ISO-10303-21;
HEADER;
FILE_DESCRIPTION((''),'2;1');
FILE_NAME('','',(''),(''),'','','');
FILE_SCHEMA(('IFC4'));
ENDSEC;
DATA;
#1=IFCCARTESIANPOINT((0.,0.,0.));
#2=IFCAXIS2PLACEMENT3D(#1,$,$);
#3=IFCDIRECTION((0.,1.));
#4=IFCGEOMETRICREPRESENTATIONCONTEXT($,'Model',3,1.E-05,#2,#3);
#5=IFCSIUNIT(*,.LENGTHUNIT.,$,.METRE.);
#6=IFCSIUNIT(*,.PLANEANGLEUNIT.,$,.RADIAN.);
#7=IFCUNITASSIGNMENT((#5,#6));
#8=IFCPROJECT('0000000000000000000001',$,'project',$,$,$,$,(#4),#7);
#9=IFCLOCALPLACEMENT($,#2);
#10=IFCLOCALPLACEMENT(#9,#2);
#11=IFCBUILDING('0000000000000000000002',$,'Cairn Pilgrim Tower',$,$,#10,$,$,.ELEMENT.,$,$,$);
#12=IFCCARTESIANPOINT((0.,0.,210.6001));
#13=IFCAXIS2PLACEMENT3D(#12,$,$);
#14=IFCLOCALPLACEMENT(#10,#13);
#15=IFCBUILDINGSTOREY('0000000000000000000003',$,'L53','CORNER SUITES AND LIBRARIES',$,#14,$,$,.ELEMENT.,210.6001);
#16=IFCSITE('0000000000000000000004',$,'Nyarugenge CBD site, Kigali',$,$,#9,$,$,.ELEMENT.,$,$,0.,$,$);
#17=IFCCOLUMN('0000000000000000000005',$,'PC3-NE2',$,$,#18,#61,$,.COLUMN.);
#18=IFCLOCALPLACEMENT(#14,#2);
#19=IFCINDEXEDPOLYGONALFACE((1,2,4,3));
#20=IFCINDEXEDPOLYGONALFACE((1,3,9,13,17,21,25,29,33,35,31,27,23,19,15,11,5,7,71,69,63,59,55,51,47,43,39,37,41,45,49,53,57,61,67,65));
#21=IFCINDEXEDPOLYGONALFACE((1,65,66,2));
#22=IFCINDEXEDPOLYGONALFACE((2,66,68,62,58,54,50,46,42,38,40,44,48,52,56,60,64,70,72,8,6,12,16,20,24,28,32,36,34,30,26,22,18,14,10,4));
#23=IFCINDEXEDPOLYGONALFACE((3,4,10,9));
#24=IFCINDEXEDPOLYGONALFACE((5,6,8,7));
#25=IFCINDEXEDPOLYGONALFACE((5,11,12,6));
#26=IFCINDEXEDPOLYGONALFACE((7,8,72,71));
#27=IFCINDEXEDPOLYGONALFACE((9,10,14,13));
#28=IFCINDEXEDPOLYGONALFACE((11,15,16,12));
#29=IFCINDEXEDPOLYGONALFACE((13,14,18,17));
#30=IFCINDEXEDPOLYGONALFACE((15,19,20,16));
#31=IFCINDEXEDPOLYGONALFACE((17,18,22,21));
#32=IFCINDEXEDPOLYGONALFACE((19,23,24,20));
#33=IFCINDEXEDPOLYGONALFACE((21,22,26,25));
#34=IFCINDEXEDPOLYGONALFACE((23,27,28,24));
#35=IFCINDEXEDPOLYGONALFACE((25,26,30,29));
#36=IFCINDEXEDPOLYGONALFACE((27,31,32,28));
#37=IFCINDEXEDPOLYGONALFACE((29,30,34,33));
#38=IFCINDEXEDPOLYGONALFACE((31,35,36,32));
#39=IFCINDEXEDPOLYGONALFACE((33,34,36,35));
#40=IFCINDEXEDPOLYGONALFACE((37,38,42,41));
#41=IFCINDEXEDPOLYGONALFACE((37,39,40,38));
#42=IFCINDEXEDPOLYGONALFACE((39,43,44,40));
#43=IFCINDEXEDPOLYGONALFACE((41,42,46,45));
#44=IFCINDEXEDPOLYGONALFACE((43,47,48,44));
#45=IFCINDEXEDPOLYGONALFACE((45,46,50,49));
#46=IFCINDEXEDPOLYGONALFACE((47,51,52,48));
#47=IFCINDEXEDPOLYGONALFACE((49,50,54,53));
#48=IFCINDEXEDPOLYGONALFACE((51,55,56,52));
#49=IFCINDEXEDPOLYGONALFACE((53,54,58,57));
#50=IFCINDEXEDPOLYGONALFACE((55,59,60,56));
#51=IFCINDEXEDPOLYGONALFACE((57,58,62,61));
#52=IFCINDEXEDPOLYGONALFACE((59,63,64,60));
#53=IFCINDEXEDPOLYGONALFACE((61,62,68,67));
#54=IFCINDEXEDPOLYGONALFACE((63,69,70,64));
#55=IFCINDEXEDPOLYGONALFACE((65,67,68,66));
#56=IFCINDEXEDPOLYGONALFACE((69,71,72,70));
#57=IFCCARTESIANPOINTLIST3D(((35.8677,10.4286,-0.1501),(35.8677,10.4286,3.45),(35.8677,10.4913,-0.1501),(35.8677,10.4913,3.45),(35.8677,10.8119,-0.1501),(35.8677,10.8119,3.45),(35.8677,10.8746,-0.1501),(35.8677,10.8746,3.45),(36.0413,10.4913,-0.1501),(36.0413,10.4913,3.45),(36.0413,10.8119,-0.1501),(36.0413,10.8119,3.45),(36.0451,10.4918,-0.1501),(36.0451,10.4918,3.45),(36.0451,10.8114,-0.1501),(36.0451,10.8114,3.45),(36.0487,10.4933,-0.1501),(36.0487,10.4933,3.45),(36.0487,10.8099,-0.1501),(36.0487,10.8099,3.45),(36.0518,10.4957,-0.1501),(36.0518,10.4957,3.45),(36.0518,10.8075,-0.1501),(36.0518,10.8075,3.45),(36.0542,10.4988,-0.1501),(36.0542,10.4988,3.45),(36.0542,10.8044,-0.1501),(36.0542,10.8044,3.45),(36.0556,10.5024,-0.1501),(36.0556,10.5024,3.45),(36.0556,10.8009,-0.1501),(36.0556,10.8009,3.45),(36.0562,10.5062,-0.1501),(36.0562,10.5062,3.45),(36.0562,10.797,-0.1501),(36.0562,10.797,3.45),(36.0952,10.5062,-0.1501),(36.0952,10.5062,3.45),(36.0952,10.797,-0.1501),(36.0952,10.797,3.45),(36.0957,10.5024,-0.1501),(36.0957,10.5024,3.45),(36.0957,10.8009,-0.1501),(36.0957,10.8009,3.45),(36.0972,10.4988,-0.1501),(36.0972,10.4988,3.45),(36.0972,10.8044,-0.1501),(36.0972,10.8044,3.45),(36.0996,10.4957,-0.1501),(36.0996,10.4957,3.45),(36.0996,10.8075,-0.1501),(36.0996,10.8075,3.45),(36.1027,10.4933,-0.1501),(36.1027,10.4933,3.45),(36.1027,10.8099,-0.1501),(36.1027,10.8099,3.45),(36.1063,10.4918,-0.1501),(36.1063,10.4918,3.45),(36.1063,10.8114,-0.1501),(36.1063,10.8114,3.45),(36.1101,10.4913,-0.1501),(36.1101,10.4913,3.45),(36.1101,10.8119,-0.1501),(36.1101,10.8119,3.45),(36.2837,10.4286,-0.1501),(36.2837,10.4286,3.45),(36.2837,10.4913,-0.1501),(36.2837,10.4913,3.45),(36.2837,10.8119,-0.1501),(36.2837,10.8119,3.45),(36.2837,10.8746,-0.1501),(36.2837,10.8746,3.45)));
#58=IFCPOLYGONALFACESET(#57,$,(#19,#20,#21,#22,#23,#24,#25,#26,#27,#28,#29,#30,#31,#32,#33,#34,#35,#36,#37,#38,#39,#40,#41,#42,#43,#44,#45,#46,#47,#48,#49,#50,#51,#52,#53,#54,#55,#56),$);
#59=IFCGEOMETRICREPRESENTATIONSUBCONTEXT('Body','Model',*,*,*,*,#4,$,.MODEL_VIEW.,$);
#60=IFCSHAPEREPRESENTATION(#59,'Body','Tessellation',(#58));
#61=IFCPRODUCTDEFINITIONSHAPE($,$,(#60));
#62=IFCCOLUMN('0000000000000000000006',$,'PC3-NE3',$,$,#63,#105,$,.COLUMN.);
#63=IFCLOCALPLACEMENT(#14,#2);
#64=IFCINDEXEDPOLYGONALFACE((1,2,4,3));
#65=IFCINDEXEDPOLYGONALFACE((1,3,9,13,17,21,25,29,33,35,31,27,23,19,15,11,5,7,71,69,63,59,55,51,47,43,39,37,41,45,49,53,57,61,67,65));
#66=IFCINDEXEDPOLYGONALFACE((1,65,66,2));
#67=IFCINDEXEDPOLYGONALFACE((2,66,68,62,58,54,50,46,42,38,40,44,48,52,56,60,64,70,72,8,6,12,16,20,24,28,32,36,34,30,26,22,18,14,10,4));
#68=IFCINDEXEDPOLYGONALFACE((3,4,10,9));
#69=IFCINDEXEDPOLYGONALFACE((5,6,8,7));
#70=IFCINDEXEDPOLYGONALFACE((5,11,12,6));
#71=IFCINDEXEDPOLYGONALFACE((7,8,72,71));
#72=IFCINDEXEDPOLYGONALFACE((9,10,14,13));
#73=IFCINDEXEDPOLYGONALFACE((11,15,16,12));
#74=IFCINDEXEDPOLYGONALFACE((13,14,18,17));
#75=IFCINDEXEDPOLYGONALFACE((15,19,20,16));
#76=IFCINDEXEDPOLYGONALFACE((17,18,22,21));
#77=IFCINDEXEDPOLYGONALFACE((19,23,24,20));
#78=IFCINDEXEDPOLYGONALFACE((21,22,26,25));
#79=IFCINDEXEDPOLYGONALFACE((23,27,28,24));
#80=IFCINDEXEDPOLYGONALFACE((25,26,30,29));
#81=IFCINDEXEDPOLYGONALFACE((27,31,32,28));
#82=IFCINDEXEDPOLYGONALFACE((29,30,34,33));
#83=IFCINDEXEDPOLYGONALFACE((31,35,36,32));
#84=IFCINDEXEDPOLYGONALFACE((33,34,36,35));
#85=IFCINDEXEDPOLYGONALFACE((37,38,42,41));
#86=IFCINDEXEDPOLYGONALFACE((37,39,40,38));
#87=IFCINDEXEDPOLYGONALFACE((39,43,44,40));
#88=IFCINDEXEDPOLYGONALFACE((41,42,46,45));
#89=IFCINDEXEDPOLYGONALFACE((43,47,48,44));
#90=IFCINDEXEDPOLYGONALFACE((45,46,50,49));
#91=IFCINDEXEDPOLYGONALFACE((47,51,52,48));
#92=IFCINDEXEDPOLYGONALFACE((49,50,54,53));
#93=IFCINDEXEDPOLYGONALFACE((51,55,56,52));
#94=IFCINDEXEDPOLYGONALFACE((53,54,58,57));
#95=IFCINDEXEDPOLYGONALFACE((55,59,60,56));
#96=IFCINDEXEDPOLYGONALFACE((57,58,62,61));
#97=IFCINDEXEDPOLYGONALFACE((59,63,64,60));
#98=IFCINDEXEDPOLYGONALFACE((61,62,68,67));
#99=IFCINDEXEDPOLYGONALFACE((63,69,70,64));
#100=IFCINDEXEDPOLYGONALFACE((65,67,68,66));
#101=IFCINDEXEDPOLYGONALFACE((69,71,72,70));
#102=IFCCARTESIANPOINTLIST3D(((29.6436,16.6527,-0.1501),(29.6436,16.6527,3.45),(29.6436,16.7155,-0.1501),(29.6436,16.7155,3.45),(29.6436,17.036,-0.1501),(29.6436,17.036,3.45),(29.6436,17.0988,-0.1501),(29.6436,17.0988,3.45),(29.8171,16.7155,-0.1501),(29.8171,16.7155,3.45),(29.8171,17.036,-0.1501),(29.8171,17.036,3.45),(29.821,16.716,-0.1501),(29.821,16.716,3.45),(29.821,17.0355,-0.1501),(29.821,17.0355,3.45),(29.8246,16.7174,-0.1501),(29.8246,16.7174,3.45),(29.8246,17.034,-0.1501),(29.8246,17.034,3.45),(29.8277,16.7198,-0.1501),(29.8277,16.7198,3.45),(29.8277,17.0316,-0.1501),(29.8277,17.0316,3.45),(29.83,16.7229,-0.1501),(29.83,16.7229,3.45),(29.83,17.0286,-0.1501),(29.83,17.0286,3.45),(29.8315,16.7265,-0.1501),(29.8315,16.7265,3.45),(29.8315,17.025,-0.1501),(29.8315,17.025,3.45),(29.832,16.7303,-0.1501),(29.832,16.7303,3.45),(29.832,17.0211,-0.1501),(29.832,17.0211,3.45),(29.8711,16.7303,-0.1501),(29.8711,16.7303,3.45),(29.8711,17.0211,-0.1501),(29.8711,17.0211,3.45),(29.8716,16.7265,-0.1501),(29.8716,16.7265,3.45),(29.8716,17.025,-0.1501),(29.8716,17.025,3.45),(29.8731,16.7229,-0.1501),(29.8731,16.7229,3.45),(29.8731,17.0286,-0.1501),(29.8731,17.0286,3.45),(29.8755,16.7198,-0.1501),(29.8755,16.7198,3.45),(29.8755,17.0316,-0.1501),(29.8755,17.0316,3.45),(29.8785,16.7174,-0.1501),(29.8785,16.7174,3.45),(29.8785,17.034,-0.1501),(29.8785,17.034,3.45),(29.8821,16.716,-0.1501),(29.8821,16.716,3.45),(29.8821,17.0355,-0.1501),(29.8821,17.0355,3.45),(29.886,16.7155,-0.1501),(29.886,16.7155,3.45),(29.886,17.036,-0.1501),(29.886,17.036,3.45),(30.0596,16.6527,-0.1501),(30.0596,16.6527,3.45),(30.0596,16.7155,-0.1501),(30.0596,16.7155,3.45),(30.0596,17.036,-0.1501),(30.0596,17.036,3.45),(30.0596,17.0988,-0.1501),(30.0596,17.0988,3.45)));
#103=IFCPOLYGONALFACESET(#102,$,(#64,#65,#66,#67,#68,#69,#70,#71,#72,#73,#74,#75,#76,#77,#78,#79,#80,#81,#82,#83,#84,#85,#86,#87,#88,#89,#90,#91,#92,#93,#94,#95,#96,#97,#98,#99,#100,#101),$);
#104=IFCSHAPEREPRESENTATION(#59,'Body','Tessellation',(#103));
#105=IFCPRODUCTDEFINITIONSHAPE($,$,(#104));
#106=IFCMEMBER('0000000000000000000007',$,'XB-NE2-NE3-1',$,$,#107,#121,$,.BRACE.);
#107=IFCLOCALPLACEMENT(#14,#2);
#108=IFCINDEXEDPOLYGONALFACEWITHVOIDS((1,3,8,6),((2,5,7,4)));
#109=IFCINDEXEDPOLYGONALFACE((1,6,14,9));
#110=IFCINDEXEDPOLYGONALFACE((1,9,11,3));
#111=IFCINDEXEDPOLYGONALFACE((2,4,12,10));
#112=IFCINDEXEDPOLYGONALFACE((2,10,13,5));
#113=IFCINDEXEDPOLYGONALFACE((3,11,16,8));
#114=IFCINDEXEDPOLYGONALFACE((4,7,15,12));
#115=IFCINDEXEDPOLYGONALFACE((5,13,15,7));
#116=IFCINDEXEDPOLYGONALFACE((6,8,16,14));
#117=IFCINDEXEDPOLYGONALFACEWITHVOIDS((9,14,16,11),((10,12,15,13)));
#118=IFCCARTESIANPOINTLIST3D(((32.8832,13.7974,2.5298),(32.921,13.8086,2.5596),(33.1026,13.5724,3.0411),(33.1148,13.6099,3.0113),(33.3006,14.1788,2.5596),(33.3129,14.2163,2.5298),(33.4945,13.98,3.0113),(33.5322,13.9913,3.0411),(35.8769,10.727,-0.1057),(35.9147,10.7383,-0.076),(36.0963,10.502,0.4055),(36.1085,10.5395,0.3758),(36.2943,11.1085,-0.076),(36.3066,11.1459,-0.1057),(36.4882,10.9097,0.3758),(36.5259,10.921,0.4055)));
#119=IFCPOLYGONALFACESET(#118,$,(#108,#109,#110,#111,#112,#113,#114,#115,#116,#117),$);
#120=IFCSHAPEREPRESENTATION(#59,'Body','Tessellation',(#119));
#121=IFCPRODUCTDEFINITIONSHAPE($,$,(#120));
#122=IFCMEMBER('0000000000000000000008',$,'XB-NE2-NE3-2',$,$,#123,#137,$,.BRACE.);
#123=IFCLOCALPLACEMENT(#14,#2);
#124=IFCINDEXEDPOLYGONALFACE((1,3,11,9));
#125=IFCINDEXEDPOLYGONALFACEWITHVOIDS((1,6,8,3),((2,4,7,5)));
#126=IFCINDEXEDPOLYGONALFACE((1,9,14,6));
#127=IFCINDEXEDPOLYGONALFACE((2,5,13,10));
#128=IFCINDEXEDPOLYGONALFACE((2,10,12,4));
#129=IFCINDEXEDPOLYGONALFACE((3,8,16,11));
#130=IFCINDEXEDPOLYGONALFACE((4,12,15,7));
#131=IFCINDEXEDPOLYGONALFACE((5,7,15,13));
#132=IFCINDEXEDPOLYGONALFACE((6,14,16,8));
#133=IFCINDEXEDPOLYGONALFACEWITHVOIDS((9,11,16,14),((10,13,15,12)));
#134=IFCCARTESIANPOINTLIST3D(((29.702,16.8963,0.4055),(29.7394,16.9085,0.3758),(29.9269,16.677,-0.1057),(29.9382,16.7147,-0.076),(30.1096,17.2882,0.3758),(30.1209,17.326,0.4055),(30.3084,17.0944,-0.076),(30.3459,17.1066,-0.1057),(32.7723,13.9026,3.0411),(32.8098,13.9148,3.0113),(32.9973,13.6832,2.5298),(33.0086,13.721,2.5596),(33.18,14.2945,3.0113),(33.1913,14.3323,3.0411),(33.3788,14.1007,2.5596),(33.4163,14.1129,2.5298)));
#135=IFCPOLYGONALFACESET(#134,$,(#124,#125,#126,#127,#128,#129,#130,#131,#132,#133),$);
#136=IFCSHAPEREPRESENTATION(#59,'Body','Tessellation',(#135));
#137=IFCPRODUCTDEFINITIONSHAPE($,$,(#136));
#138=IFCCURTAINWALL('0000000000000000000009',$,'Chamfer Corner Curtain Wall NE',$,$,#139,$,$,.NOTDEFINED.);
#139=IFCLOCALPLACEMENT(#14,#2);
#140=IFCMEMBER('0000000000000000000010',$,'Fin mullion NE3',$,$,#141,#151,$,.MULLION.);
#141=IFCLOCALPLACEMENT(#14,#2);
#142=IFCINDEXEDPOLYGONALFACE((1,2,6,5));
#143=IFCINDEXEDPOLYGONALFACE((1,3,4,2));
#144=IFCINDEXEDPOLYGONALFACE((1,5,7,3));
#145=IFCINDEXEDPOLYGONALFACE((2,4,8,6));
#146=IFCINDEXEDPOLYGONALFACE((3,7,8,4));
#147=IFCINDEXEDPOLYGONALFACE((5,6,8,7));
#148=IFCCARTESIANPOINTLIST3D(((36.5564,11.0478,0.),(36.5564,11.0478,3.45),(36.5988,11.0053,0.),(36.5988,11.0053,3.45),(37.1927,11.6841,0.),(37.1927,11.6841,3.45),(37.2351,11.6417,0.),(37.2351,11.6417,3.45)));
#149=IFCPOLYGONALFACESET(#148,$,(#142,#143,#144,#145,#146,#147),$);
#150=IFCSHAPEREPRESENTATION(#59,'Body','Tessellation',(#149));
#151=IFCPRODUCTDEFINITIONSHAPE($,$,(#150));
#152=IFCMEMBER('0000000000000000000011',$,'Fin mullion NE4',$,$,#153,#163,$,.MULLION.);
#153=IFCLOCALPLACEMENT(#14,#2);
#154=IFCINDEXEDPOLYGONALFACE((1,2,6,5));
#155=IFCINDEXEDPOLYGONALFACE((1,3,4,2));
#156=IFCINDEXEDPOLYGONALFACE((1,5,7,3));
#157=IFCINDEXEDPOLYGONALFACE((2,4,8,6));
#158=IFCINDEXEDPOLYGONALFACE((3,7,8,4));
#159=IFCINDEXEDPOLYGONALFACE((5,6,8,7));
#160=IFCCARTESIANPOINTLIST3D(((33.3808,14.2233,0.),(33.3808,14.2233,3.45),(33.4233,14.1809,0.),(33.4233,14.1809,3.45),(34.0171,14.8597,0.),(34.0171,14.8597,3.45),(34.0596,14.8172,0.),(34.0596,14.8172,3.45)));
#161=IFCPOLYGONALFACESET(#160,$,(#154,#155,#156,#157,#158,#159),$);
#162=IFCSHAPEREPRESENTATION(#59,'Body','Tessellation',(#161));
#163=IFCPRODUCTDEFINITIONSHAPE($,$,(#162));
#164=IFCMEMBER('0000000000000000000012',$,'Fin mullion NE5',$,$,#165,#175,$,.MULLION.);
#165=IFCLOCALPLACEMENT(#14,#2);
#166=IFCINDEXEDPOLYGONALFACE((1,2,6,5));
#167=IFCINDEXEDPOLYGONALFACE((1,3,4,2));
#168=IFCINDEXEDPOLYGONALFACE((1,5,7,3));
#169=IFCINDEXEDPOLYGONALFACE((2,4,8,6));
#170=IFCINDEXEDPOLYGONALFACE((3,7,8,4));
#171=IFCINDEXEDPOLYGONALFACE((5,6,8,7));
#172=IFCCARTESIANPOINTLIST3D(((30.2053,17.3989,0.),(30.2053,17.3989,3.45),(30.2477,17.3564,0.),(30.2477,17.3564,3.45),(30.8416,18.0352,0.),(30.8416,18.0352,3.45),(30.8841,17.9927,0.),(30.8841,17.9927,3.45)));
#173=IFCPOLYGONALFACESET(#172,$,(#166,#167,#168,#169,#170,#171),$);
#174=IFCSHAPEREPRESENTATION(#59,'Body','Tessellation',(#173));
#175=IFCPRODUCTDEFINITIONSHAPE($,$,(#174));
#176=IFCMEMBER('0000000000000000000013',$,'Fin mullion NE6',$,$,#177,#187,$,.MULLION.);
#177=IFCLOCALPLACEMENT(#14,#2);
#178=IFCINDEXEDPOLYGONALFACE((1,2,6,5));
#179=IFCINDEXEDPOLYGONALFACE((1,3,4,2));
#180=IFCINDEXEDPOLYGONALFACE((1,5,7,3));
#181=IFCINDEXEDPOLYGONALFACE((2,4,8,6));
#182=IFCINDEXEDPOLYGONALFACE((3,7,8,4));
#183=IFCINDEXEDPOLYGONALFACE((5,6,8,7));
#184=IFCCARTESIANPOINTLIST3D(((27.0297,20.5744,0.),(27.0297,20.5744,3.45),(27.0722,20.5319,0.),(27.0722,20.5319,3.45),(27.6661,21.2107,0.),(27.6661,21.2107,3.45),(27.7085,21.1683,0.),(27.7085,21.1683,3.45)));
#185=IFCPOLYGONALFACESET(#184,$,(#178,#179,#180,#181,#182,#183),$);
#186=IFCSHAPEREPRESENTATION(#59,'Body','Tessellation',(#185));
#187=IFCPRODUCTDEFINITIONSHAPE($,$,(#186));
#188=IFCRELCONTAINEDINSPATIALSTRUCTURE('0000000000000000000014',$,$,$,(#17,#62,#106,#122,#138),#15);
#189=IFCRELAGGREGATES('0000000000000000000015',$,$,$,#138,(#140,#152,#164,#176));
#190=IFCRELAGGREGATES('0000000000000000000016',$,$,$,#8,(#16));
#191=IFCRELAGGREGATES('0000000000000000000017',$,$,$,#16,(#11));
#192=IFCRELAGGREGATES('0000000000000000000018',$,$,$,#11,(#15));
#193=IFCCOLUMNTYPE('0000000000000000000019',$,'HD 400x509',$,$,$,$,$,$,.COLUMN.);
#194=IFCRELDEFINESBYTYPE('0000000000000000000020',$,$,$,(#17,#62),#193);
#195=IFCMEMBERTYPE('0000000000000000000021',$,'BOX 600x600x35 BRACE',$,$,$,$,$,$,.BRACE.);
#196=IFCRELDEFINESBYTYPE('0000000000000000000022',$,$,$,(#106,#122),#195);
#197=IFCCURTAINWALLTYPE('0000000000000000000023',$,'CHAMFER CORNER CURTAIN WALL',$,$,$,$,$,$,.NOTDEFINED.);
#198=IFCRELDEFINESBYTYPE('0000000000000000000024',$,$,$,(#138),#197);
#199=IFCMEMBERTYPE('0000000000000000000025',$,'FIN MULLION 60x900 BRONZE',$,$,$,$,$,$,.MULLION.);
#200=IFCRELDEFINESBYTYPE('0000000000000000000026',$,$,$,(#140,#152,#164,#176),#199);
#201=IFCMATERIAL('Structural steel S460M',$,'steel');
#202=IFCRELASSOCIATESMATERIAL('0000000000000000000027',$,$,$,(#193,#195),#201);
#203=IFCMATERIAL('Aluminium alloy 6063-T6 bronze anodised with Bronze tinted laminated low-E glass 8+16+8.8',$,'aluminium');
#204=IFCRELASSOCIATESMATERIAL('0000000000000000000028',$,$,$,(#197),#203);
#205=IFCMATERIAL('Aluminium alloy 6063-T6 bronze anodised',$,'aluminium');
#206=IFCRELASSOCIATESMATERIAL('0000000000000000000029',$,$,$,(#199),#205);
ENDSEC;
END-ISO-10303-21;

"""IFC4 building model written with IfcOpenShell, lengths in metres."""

from ifc_helpers import new_model, si_unit, direction, frame, origin, origin_2d, place, context, subcontext, project, spatial, rectangle, hollow_rectangle, i_section, extrude, material, material_profile, profile_set, type_object, element, aggregate, save


model = new_model("IFC4")

# Units and contexts
model_context = context("Model", 3, precision=1e-05, world=origin(), true_north=direction((0.0, 1.0)))
body_context = subcontext(model_context, "Body", "Model", "MODEL_VIEW")
ifc_project = project(units=[si_unit("LENGTHUNIT", "METRE"), si_unit("PLANEANGLEUNIT", "RADIAN")], contexts=[model_context])

# Site, building, storey
site_placement = place(None, origin())
site = spatial("IfcSite", under=ifc_project, at=site_placement, Name="Nyarugenge CBD site, Kigali", CompositionType="ELEMENT", RefElevation=0.0)
building_placement = place(site_placement, origin())
building = spatial("IfcBuilding", under=site, at=building_placement, Name="Cairn Pilgrim Tower", CompositionType="ELEMENT")
storey_placement = place(building_placement, frame((0.0, 0.0, 210.6001)))
storey = spatial("IfcBuildingStorey", under=building, at=storey_placement, Name="L53", Description="CORNER SUITES AND LIBRARIES", CompositionType="ELEMENT", Elevation=210.6001)

# Columns
ifc_material_1 = material(Name="Structural steel S460M", Category="steel")
ifc_material_profile_1 = material_profile(ifc_material_1, i_section(OverallWidth=0.416, OverallDepth=0.446, WebThickness=0.0391, FlangeThickness=0.0627, FilletRadius=0.0149, at=origin_2d()), Name="HD 400x509")
ifc_profile_set_1 = profile_set([ifc_material_profile_1], Name="Structural steel S460M")
column_type = type_object("IfcColumnType", Name="HD 400x509", PredefinedType="COLUMN", material=ifc_profile_set_1)
for number, where, z_axis, x_axis, name in (
    (1, (36.0757, 10.6516, -0.1501), (0.0, 0.0, 1.0), (1.0, 0.0, 0.0), "PC3-NE2"),
    (2, (29.8516, 16.8757, -0.1501), (0.0, 0.0, 1.0), (1.0, 0.0, 0.0), "PC3-NE3"),
):
    element("IfcColumn", number, at=place(storey_placement, frame(where, z_axis=z_axis, x_axis=x_axis)), inside=storey, type_object=column_type, Name=name, PredefinedType="COLUMN", context=body_context, shape_type="SweptSolid", body=[
        extrude(i_section(OverallWidth=0.416, OverallDepth=0.446, WebThickness=0.0391, FlangeThickness=0.0627, FilletRadius=0.0149, at=origin_2d()), origin(), (0.0, 0.0, 1.0), 3.6001),
    ])

# Members
ifc_material_profile_2 = material_profile(ifc_material_1, hollow_rectangle(XDim=0.6001, YDim=0.6001, WallThickness=0.0349, at=origin_2d()), Name="BOX 600x600x35")
ifc_profile_set_2 = profile_set([ifc_material_profile_2], Name="Structural steel S460M")
member_type_1 = type_object("IfcMemberType", Name="BOX 600x600x35 BRACE", PredefinedType="BRACE", material=ifc_profile_set_2)
for number, where, z_axis, x_axis, name in (
    (3, (36.2014, 10.824, 0.1499), (-0.594763, 0.609994, 0.523607), (-0.715989, -0.698112, 0.0), "XB-NE2-NE3-1"),
    (4, (30.0239, 17.0015, 0.1499), (0.609994, -0.594763, 0.523607), (0.698112, 0.715989, 0.0), "XB-NE2-NE3-2"),
):
    element("IfcMember", number, at=place(storey_placement, frame(where, z_axis=z_axis, x_axis=x_axis)), inside=storey, type_object=member_type_1, Name=name, PredefinedType="BRACE", context=body_context, shape_type="SweptSolid", body=[
        extrude(hollow_rectangle(XDim=0.6001, YDim=0.6001, WallThickness=0.0349, at=origin_2d()), origin(), (0.0, 0.0, 1.0), 5.0334),
    ])

# Curtain wall, members
ifc_material_2 = material(Name="Aluminium alloy 6063-T6 bronze anodised with Bronze tinted laminated low-E glass 8+16+8.8", Category="aluminium")
curtain_wall_type = type_object("IfcCurtainWallType", Name="CHAMFER CORNER CURTAIN WALL", PredefinedType="NOTDEFINED", material=ifc_material_2)
curtain_wall_placement = place(storey_placement, origin())
curtain_wall = element("IfcCurtainWall", 5, at=curtain_wall_placement, inside=storey, type_object=curtain_wall_type, Name="Chamfer Corner Curtain Wall NE", PredefinedType="NOTDEFINED")
ifc_material_3 = material(Name="Aluminium alloy 6063-T6 bronze anodised", Category="aluminium")
ifc_material_profile_3 = material_profile(ifc_material_3, rectangle(XDim=0.8999, YDim=0.0601, at=origin_2d()), Name="FIN MULLION 60x900 BRONZE")
ifc_profile_set_3 = profile_set([ifc_material_profile_3], Name="Aluminium alloy 6063-T6 bronze anodised")
member_type_2 = type_object("IfcMemberType", Name="FIN MULLION 60x900 BRONZE", PredefinedType="MULLION", material=ifc_profile_set_3)
member_1_placement = place(storey_placement, frame((36.8958, 11.3447, 0.0), z_axis=(0.0, 0.0, 1.0), x_axis=(0.707107, 0.707107, 0.0)))
member_1 = element("IfcMember", 6, at=member_1_placement, type_object=member_type_2, Name="Fin mullion NE3", PredefinedType="MULLION", context=body_context, shape_type="SweptSolid", body=[
    extrude(rectangle(XDim=0.8999, YDim=0.0601, at=origin_2d()), origin(), (0.0, 0.0, 1.0), 3.45),
])
member_2_placement = place(storey_placement, frame((33.7202, 14.5203, 0.0), z_axis=(0.0, 0.0, 1.0), x_axis=(0.707107, 0.707107, 0.0)))
member_2 = element("IfcMember", 7, at=member_2_placement, type_object=member_type_2, Name="Fin mullion NE4", PredefinedType="MULLION", context=body_context, shape_type="SweptSolid", body=[
    extrude(rectangle(XDim=0.8999, YDim=0.0601, at=origin_2d()), origin(), (0.0, 0.0, 1.0), 3.45),
])
member_3_placement = place(storey_placement, frame((30.5447, 17.6958, 0.0), z_axis=(0.0, 0.0, 1.0), x_axis=(0.707107, 0.707107, 0.0)))
member_3 = element("IfcMember", 8, at=member_3_placement, type_object=member_type_2, Name="Fin mullion NE5", PredefinedType="MULLION", context=body_context, shape_type="SweptSolid", body=[
    extrude(rectangle(XDim=0.8999, YDim=0.0601, at=origin_2d()), origin(), (0.0, 0.0, 1.0), 3.45),
])
member_4_placement = place(storey_placement, frame((27.3691, 20.8713, 0.0), z_axis=(0.0, 0.0, 1.0), x_axis=(0.707107, 0.707107, 0.0)))
member_4 = element("IfcMember", 9, at=member_4_placement, type_object=member_type_2, Name="Fin mullion NE6", PredefinedType="MULLION", context=body_context, shape_type="SweptSolid", body=[
    extrude(rectangle(XDim=0.8999, YDim=0.0601, at=origin_2d()), origin(), (0.0, 0.0, 1.0), 3.45),
])

aggregate(curtain_wall, [member_1, member_2, member_3, member_4])

save(model, "model.ifc")
